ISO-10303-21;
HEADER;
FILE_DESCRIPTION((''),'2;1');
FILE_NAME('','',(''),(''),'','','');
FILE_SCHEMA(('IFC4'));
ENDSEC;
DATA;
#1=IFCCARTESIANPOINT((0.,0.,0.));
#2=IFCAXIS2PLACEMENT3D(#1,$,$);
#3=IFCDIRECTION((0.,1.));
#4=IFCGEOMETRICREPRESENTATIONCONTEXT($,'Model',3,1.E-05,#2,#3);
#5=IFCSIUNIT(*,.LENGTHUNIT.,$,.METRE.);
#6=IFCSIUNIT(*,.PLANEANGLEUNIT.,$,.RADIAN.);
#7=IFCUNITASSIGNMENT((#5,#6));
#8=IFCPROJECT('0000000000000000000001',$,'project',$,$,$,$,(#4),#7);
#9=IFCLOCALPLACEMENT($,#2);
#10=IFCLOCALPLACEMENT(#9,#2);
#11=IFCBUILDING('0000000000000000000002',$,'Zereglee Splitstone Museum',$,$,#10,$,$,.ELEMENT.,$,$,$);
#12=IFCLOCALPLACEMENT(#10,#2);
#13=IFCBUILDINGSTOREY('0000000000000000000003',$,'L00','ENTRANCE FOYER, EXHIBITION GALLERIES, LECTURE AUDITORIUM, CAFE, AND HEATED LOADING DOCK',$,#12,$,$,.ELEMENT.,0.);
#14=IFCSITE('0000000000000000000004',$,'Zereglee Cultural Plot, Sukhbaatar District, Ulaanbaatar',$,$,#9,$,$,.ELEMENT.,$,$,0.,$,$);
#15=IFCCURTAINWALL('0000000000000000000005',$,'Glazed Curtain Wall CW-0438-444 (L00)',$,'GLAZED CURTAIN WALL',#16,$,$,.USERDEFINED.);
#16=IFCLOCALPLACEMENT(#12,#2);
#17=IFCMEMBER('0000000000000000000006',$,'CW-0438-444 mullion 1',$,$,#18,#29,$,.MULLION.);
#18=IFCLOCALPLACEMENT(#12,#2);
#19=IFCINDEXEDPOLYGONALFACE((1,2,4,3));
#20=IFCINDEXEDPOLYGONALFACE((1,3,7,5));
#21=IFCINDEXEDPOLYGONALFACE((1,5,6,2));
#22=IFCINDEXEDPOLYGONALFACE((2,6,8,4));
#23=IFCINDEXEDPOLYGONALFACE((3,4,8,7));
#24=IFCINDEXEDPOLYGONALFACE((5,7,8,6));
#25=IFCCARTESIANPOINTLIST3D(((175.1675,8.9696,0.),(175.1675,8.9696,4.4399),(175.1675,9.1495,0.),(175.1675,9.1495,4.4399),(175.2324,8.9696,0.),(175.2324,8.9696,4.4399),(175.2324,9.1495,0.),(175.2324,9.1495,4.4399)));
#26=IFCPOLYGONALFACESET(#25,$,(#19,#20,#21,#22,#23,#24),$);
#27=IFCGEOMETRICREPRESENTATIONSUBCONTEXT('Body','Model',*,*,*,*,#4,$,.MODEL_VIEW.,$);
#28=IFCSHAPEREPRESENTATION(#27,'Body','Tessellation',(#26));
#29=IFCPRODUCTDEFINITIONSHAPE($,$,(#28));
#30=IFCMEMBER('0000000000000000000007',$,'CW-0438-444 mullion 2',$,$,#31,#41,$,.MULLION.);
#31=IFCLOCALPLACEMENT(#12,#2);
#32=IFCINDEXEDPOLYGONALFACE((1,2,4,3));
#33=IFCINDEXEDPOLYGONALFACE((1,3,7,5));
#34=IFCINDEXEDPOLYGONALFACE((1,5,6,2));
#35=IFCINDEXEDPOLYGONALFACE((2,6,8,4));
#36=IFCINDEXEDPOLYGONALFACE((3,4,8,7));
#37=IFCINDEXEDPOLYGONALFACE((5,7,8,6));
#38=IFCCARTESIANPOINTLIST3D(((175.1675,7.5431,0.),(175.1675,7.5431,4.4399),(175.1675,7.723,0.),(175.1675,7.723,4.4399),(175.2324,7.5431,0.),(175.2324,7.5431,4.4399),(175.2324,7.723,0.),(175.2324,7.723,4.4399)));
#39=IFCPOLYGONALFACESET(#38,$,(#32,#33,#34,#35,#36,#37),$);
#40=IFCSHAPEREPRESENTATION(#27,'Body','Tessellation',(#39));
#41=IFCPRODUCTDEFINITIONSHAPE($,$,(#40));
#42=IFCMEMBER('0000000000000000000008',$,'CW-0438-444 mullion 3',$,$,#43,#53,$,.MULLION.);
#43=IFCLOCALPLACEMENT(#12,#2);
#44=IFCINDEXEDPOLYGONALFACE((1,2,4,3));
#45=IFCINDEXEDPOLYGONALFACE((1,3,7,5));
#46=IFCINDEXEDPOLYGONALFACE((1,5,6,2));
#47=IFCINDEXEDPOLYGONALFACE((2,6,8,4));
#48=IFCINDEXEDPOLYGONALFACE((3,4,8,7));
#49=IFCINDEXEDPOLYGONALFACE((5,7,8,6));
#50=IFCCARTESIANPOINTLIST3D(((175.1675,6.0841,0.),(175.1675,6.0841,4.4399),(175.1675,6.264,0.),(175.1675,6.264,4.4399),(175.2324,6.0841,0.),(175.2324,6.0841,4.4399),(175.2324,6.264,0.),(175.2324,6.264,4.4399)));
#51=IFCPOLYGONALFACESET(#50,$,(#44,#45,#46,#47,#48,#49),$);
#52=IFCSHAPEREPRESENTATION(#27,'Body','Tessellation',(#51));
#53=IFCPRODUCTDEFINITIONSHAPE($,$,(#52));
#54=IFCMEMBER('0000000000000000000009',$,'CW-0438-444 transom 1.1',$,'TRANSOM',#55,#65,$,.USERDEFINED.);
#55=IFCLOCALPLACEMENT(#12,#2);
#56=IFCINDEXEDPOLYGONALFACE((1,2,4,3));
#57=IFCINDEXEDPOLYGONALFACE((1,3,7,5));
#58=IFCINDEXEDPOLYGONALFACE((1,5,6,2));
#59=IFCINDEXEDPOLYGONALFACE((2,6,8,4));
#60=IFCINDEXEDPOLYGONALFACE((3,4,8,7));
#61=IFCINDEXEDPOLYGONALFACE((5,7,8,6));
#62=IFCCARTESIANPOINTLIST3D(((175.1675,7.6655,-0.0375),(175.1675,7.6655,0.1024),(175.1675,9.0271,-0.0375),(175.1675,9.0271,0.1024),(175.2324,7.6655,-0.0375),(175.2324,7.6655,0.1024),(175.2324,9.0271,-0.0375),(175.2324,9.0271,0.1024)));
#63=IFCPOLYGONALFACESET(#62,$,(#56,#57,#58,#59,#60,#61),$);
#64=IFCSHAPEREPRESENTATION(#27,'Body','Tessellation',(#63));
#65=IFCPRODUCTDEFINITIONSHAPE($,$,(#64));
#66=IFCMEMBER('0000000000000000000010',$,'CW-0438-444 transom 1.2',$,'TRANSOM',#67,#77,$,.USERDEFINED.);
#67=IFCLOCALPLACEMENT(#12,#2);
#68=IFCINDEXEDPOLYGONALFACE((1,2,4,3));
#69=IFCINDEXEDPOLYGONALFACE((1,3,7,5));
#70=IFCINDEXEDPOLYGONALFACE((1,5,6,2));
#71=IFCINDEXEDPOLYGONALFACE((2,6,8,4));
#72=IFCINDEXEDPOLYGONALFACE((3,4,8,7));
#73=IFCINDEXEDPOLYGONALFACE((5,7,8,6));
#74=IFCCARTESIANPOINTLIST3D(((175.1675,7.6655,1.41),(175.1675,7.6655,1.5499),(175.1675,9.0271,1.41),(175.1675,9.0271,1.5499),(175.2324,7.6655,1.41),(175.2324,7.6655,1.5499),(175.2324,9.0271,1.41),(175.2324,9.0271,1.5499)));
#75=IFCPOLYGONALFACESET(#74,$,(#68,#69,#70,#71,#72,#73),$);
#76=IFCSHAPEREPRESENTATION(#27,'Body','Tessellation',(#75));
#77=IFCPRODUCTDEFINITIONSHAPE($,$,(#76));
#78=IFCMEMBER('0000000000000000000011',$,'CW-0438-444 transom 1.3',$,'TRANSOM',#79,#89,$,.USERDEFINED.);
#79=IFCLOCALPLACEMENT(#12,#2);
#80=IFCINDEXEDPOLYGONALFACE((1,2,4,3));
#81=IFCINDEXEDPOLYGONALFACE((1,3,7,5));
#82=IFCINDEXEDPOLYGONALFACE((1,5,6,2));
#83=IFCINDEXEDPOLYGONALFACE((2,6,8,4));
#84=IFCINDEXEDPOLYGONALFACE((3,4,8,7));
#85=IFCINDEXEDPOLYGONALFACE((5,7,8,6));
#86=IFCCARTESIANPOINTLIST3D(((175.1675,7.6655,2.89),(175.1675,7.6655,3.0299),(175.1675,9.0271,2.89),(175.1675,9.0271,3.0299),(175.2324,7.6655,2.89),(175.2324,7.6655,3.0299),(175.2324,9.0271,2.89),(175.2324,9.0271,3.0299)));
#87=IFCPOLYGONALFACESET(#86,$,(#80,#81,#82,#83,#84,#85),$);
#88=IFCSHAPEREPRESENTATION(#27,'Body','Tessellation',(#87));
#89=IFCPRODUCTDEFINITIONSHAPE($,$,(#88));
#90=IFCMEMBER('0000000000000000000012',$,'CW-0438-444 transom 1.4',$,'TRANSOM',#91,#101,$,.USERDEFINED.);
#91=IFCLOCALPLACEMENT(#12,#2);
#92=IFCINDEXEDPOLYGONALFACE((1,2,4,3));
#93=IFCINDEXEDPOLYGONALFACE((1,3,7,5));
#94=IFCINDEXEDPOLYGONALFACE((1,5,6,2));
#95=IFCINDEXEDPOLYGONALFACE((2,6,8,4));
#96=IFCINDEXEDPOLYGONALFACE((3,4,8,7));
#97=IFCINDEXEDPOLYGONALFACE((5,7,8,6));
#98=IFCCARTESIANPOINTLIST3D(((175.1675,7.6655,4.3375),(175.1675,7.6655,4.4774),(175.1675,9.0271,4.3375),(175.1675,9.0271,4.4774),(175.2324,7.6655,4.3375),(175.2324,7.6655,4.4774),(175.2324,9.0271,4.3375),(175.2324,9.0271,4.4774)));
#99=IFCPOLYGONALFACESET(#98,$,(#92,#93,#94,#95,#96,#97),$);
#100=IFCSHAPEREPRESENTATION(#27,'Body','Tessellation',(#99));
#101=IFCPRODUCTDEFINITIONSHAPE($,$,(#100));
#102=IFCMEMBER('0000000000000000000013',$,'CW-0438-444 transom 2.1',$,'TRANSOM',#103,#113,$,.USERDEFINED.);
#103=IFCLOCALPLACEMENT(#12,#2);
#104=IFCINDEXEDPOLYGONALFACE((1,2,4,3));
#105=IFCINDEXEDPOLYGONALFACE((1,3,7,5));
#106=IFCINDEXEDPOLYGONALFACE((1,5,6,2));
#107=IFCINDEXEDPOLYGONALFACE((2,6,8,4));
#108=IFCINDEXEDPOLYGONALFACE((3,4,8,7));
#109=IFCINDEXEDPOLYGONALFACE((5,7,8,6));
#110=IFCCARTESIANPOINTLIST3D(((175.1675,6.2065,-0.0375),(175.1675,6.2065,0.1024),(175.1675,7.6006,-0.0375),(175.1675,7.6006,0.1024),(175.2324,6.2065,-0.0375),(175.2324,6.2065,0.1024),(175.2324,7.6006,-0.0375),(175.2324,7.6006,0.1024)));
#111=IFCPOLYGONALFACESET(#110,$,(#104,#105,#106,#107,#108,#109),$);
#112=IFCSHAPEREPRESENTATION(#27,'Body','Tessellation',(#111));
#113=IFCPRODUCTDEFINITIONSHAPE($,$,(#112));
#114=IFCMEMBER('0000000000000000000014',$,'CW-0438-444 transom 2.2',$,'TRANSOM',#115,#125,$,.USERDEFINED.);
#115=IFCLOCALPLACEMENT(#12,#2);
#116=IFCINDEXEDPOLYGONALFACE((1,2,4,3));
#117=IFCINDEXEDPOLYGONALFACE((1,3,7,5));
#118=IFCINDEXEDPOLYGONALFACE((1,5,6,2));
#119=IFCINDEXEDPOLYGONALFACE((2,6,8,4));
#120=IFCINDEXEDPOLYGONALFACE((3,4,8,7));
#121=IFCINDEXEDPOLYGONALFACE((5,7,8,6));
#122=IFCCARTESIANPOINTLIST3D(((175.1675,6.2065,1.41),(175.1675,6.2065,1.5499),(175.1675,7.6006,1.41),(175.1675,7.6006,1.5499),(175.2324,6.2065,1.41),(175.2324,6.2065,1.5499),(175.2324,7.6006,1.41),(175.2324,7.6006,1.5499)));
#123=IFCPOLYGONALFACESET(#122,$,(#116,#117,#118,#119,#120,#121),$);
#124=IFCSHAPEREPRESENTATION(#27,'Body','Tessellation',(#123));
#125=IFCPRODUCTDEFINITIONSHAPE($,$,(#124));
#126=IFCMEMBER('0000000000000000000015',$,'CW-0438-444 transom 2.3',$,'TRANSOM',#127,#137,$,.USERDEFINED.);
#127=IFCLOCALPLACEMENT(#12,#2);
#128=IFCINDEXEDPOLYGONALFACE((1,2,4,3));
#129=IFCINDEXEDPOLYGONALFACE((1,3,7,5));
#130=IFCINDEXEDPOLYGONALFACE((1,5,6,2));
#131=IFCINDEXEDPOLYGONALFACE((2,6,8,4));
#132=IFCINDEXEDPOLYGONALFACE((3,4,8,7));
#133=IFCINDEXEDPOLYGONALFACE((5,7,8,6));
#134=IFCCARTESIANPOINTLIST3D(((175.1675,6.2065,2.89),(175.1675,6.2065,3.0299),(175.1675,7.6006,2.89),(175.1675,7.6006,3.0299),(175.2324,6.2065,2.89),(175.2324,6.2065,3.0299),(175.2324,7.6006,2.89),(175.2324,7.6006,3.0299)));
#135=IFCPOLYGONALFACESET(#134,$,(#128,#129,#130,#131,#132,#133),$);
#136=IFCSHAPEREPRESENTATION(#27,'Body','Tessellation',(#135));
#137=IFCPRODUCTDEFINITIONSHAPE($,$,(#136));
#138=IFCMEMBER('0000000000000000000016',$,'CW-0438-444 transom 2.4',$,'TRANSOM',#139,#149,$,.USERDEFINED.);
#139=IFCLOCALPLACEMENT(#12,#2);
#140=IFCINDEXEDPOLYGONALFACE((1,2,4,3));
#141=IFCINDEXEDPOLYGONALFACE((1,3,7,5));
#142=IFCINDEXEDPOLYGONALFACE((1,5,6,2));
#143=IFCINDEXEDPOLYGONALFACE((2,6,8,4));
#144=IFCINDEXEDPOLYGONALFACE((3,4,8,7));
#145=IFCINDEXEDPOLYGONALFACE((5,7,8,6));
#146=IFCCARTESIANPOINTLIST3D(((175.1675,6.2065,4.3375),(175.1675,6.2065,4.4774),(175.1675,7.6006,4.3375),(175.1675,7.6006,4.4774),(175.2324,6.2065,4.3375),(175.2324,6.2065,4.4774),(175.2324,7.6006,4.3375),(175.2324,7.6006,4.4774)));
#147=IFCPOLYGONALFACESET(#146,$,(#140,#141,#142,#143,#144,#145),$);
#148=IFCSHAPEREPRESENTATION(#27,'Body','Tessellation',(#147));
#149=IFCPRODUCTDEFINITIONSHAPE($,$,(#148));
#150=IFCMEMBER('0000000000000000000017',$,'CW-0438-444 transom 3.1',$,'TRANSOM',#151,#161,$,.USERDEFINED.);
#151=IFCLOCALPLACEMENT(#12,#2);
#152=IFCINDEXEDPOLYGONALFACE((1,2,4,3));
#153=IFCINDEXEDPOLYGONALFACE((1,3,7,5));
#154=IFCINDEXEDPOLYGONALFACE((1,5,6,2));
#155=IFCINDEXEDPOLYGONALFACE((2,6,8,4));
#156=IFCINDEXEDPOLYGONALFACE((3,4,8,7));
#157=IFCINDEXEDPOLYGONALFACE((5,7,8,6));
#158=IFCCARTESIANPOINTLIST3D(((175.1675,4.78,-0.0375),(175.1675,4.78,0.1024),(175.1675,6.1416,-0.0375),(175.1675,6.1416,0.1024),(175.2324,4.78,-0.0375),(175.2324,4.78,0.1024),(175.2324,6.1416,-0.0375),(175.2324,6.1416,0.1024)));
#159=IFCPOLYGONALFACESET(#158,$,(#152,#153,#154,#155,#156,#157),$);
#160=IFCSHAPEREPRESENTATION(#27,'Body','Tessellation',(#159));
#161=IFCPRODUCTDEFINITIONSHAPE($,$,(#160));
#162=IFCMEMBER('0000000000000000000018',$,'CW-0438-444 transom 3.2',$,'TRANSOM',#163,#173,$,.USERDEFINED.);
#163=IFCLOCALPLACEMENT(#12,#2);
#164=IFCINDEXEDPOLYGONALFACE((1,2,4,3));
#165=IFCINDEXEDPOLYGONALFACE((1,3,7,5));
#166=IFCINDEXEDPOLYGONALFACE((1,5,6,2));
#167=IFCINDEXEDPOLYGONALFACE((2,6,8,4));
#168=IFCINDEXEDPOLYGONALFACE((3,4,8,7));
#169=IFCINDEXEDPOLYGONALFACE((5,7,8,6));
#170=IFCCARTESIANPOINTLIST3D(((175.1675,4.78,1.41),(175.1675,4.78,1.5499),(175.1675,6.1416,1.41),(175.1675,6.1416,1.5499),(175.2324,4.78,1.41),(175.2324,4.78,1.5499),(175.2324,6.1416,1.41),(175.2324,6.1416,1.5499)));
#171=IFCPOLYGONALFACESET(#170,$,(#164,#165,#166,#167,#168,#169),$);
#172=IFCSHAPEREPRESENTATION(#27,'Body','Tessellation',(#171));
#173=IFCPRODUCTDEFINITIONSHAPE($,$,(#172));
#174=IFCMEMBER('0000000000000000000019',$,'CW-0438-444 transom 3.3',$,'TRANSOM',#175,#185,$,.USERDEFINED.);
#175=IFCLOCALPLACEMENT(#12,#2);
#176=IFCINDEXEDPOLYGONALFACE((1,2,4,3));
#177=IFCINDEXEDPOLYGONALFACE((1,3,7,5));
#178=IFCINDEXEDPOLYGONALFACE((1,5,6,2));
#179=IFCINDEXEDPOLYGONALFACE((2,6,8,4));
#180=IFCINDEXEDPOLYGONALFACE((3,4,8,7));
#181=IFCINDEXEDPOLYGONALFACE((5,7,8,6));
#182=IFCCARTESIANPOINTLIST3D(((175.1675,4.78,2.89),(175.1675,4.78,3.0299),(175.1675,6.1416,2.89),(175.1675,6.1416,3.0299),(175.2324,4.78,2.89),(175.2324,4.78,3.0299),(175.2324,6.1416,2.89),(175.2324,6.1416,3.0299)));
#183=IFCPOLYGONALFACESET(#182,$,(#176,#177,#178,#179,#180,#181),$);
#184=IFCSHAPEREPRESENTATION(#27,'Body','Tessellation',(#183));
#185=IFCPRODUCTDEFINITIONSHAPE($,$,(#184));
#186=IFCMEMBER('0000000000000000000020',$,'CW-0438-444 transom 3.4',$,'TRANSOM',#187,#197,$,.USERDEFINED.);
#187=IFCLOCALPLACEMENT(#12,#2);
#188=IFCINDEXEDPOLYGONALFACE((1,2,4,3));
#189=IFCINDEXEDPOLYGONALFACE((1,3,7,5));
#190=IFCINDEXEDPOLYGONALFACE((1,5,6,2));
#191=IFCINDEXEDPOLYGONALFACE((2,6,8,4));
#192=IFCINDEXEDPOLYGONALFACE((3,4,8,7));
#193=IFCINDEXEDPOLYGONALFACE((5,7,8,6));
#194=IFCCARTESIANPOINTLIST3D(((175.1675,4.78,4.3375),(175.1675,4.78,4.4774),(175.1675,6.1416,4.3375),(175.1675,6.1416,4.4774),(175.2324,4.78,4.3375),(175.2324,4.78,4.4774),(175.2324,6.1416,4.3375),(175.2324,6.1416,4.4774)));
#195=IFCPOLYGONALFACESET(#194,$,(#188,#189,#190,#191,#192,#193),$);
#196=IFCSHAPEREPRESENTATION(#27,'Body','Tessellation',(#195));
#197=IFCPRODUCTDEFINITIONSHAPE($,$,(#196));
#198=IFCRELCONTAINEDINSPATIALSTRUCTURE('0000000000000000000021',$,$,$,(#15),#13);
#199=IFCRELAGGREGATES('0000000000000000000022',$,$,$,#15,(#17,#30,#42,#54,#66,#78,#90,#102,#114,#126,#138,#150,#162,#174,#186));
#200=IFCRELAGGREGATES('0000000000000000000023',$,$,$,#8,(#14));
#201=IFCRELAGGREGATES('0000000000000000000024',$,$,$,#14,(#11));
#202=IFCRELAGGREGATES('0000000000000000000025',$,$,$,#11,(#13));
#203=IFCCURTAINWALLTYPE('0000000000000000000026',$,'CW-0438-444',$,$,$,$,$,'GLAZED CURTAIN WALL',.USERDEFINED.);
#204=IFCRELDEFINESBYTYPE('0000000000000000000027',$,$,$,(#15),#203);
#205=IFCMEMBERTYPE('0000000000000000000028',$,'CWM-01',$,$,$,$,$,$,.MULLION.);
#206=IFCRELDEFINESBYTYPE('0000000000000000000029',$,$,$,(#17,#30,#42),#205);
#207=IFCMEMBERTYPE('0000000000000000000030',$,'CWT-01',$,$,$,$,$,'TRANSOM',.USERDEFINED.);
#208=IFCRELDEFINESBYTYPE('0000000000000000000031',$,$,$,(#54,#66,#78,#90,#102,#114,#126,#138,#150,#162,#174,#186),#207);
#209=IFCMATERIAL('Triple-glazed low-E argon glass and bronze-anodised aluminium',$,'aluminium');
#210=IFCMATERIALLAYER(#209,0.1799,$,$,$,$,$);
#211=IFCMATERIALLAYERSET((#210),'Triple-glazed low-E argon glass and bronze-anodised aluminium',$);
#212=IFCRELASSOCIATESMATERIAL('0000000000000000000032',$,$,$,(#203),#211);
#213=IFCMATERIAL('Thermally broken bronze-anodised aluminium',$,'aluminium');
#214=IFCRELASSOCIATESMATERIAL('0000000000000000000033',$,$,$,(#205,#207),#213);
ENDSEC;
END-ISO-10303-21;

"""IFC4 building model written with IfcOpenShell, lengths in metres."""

from ifc_helpers import new_model, si_unit, direction, frame, origin, origin_2d, place, context, subcontext, project, spatial, rectangle, extrude, material, layer, layer_set, material_profile, profile_set, type_object, element, aggregate, save


model = new_model("IFC4")

# Units and contexts
model_context = context("Model", 3, precision=1e-05, world=origin(), true_north=direction((0.0, 1.0)))
body_context = subcontext(model_context, "Body", "Model", "MODEL_VIEW")
ifc_project = project(units=[si_unit("LENGTHUNIT", "METRE"), si_unit("PLANEANGLEUNIT", "RADIAN")], contexts=[model_context])

# Site, building, storey
site_placement = place(None, origin())
site = spatial("IfcSite", under=ifc_project, at=site_placement, Name="Zereglee Cultural Plot, Sukhbaatar District, Ulaanbaatar", CompositionType="ELEMENT", RefElevation=0.0)
building_placement = place(site_placement, origin())
building = spatial("IfcBuilding", under=site, at=building_placement, Name="Zereglee Splitstone Museum", CompositionType="ELEMENT")
storey_placement = place(building_placement, origin())
storey = spatial("IfcBuildingStorey", under=building, at=storey_placement, Name="L00", Description="ENTRANCE FOYER, EXHIBITION GALLERIES, LECTURE AUDITORIUM, CAFE, AND HEATED LOADING DOCK", CompositionType="ELEMENT", Elevation=0.0)

# Curtain wall, members
ifc_material_1 = material(Name="Triple-glazed low-E argon glass and bronze-anodised aluminium", Category="aluminium")
ifc_layer_1 = layer(ifc_material_1, 0.1799)
ifc_layer_set_1 = layer_set([ifc_layer_1], Name="Triple-glazed low-E argon glass and bronze-anodised aluminium")
curtain_wall_type = type_object("IfcCurtainWallType", Name="CW-0438-444", ElementType="GLAZED CURTAIN WALL", PredefinedType="USERDEFINED", material=ifc_layer_set_1)
curtain_wall_placement = place(storey_placement, origin())
curtain_wall = element("IfcCurtainWall", 1, at=curtain_wall_placement, inside=storey, type_object=curtain_wall_type, Name="Glazed Curtain Wall CW-0438-444 (L00)", ObjectType="GLAZED CURTAIN WALL", PredefinedType="USERDEFINED")
ifc_material_2 = material(Name="Thermally broken bronze-anodised aluminium", Category="aluminium")
ifc_material_profile_1 = material_profile(ifc_material_2, rectangle(XDim=0.0649, YDim=0.1799, at=origin_2d()), Name="CW MULL 65x180")
ifc_profile_set_1 = profile_set([ifc_material_profile_1], Name="Thermally broken bronze-anodised aluminium")
member_type_1 = type_object("IfcMemberType", Name="CWM-01", PredefinedType="MULLION", material=ifc_profile_set_1)
member_1_placement = place(storey_placement, frame((175.2, 9.0596, 0.0), z_axis=(0.0, 0.0, 1.0), x_axis=(1.0, 0.0, 0.0)))
member_1 = element("IfcMember", 2, at=member_1_placement, type_object=member_type_1, Name="CW-0438-444 mullion 1", PredefinedType="MULLION", context=body_context, shape_type="SweptSolid", body=[
    extrude(rectangle(XDim=0.0649, YDim=0.1799, at=origin_2d()), origin(), (0.0, 0.0, 1.0), 4.4399),
])
member_2_placement = place(storey_placement, frame((175.2, 7.6331, 0.0), z_axis=(0.0, 0.0, 1.0), x_axis=(1.0, 0.0, 0.0)))
member_2 = element("IfcMember", 3, at=member_2_placement, type_object=member_type_1, Name="CW-0438-444 mullion 2", PredefinedType="MULLION", context=body_context, shape_type="SweptSolid", body=[
    extrude(rectangle(XDim=0.0649, YDim=0.1799, at=origin_2d()), origin(), (0.0, 0.0, 1.0), 4.4399),
])
member_3_placement = place(storey_placement, frame((175.2, 6.1741, 0.0), z_axis=(0.0, 0.0, 1.0), x_axis=(1.0, 0.0, 0.0)))
member_3 = element("IfcMember", 4, at=member_3_placement, type_object=member_type_1, Name="CW-0438-444 mullion 3", PredefinedType="MULLION", context=body_context, shape_type="SweptSolid", body=[
    extrude(rectangle(XDim=0.0649, YDim=0.1799, at=origin_2d()), origin(), (0.0, 0.0, 1.0), 4.4399),
])
ifc_material_profile_2 = material_profile(ifc_material_2, rectangle(XDim=0.0649, YDim=0.1399, at=origin_2d()), Name="CW TRAN 65x140")
ifc_profile_set_2 = profile_set([ifc_material_profile_2], Name="Thermally broken bronze-anodised aluminium")
member_type_2 = type_object("IfcMemberType", Name="CWT-01", ElementType="TRANSOM", PredefinedType="USERDEFINED", material=ifc_profile_set_2)
member_4_placement = place(storey_placement, frame((175.2, 9.0271, 0.0325), z_axis=(0.0, -1.0, 0.0), x_axis=(1.0, 0.0, 0.0)))
member_4 = element("IfcMember", 5, at=member_4_placement, type_object=member_type_2, Name="CW-0438-444 transom 1.1", ObjectType="TRANSOM", PredefinedType="USERDEFINED", context=body_context, shape_type="SweptSolid", body=[
    extrude(rectangle(XDim=0.0649, YDim=0.1399, at=origin_2d()), origin(), (0.0, 0.0, 1.0), 1.3616),
])
member_5_placement = place(storey_placement, frame((175.2, 9.0271, 1.48), z_axis=(0.0, -1.0, 0.0), x_axis=(1.0, 0.0, 0.0)))
member_5 = element("IfcMember", 6, at=member_5_placement, type_object=member_type_2, Name="CW-0438-444 transom 1.2", ObjectType="TRANSOM", PredefinedType="USERDEFINED", context=body_context, shape_type="SweptSolid", body=[
    extrude(rectangle(XDim=0.0649, YDim=0.1399, at=origin_2d()), origin(), (0.0, 0.0, 1.0), 1.3616),
])
member_6_placement = place(storey_placement, frame((175.2, 9.0271, 2.96), z_axis=(0.0, -1.0, 0.0), x_axis=(1.0, 0.0, 0.0)))
member_6 = element("IfcMember", 7, at=member_6_placement, type_object=member_type_2, Name="CW-0438-444 transom 1.3", ObjectType="TRANSOM", PredefinedType="USERDEFINED", context=body_context, shape_type="SweptSolid", body=[
    extrude(rectangle(XDim=0.0649, YDim=0.1399, at=origin_2d()), origin(), (0.0, 0.0, 1.0), 1.3616),
])
member_7_placement = place(storey_placement, frame((175.2, 9.0271, 4.4075), z_axis=(0.0, -1.0, 0.0), x_axis=(1.0, 0.0, 0.0)))
member_7 = element("IfcMember", 8, at=member_7_placement, type_object=member_type_2, Name="CW-0438-444 transom 1.4", ObjectType="TRANSOM", PredefinedType="USERDEFINED", context=body_context, shape_type="SweptSolid", body=[
    extrude(rectangle(XDim=0.0649, YDim=0.1399, at=origin_2d()), origin(), (0.0, 0.0, 1.0), 1.3616),
])
member_8_placement = place(storey_placement, frame((175.2, 7.6006, 0.0325), z_axis=(0.0, -1.0, 0.0), x_axis=(1.0, 0.0, 0.0)))
member_8 = element("IfcMember", 9, at=member_8_placement, type_object=member_type_2, Name="CW-0438-444 transom 2.1", ObjectType="TRANSOM", PredefinedType="USERDEFINED", context=body_context, shape_type="SweptSolid", body=[
    extrude(rectangle(XDim=0.0649, YDim=0.1399, at=origin_2d()), origin(), (0.0, 0.0, 1.0), 1.394),
])
member_9_placement = place(storey_placement, frame((175.2, 7.6006, 1.48), z_axis=(0.0, -1.0, 0.0), x_axis=(1.0, 0.0, 0.0)))
member_9 = element("IfcMember", 10, at=member_9_placement, type_object=member_type_2, Name="CW-0438-444 transom 2.2", ObjectType="TRANSOM", PredefinedType="USERDEFINED", context=body_context, shape_type="SweptSolid", body=[
    extrude(rectangle(XDim=0.0649, YDim=0.1399, at=origin_2d()), origin(), (0.0, 0.0, 1.0), 1.394),
])
member_10_placement = place(storey_placement, frame((175.2, 7.6006, 2.96), z_axis=(0.0, -1.0, 0.0), x_axis=(1.0, 0.0, 0.0)))
member_10 = element("IfcMember", 11, at=member_10_placement, type_object=member_type_2, Name="CW-0438-444 transom 2.3", ObjectType="TRANSOM", PredefinedType="USERDEFINED", context=body_context, shape_type="SweptSolid", body=[
    extrude(rectangle(XDim=0.0649, YDim=0.1399, at=origin_2d()), origin(), (0.0, 0.0, 1.0), 1.394),
])
member_11_placement = place(storey_placement, frame((175.2, 7.6006, 4.4075), z_axis=(0.0, -1.0, 0.0), x_axis=(1.0, 0.0, 0.0)))
member_11 = element("IfcMember", 12, at=member_11_placement, type_object=member_type_2, Name="CW-0438-444 transom 2.4", ObjectType="TRANSOM", PredefinedType="USERDEFINED", context=body_context, shape_type="SweptSolid", body=[
    extrude(rectangle(XDim=0.0649, YDim=0.1399, at=origin_2d()), origin(), (0.0, 0.0, 1.0), 1.394),
])
member_12_placement = place(storey_placement, frame((175.2, 6.1416, 0.0325), z_axis=(0.0, -1.0, 0.0), x_axis=(1.0, 0.0, 0.0)))
member_12 = element("IfcMember", 13, at=member_12_placement, type_object=member_type_2, Name="CW-0438-444 transom 3.1", ObjectType="TRANSOM", PredefinedType="USERDEFINED", context=body_context, shape_type="SweptSolid", body=[
    extrude(rectangle(XDim=0.0649, YDim=0.1399, at=origin_2d()), origin(), (0.0, 0.0, 1.0), 1.3616),
])
member_13_placement = place(storey_placement, frame((175.2, 6.1416, 1.48), z_axis=(0.0, -1.0, 0.0), x_axis=(1.0, 0.0, 0.0)))
member_13 = element("IfcMember", 14, at=member_13_placement, type_object=member_type_2, Name="CW-0438-444 transom 3.2", ObjectType="TRANSOM", PredefinedType="USERDEFINED", context=body_context, shape_type="SweptSolid", body=[
    extrude(rectangle(XDim=0.0649, YDim=0.1399, at=origin_2d()), origin(), (0.0, 0.0, 1.0), 1.3616),
])
member_14_placement = place(storey_placement, frame((175.2, 6.1416, 2.96), z_axis=(0.0, -1.0, 0.0), x_axis=(1.0, 0.0, 0.0)))
member_14 = element("IfcMember", 15, at=member_14_placement, type_object=member_type_2, Name="CW-0438-444 transom 3.3", ObjectType="TRANSOM", PredefinedType="USERDEFINED", context=body_context, shape_type="SweptSolid", body=[
    extrude(rectangle(XDim=0.0649, YDim=0.1399, at=origin_2d()), origin(), (0.0, 0.0, 1.0), 1.3616),
])
member_15_placement = place(storey_placement, frame((175.2, 6.1416, 4.4075), z_axis=(0.0, -1.0, 0.0), x_axis=(1.0, 0.0, 0.0)))
member_15 = element("IfcMember", 16, at=member_15_placement, type_object=member_type_2, Name="CW-0438-444 transom 3.4", ObjectType="TRANSOM", PredefinedType="USERDEFINED", context=body_context, shape_type="SweptSolid", body=[
    extrude(rectangle(XDim=0.0649, YDim=0.1399, at=origin_2d()), origin(), (0.0, 0.0, 1.0), 1.3616),
])
aggregate(curtain_wall, [member_1, member_2, member_3, member_4, member_5, member_6, member_7, member_8, member_9, member_10, member_11, member_12, member_13, member_14, member_15])

save(model, "model.ifc")
